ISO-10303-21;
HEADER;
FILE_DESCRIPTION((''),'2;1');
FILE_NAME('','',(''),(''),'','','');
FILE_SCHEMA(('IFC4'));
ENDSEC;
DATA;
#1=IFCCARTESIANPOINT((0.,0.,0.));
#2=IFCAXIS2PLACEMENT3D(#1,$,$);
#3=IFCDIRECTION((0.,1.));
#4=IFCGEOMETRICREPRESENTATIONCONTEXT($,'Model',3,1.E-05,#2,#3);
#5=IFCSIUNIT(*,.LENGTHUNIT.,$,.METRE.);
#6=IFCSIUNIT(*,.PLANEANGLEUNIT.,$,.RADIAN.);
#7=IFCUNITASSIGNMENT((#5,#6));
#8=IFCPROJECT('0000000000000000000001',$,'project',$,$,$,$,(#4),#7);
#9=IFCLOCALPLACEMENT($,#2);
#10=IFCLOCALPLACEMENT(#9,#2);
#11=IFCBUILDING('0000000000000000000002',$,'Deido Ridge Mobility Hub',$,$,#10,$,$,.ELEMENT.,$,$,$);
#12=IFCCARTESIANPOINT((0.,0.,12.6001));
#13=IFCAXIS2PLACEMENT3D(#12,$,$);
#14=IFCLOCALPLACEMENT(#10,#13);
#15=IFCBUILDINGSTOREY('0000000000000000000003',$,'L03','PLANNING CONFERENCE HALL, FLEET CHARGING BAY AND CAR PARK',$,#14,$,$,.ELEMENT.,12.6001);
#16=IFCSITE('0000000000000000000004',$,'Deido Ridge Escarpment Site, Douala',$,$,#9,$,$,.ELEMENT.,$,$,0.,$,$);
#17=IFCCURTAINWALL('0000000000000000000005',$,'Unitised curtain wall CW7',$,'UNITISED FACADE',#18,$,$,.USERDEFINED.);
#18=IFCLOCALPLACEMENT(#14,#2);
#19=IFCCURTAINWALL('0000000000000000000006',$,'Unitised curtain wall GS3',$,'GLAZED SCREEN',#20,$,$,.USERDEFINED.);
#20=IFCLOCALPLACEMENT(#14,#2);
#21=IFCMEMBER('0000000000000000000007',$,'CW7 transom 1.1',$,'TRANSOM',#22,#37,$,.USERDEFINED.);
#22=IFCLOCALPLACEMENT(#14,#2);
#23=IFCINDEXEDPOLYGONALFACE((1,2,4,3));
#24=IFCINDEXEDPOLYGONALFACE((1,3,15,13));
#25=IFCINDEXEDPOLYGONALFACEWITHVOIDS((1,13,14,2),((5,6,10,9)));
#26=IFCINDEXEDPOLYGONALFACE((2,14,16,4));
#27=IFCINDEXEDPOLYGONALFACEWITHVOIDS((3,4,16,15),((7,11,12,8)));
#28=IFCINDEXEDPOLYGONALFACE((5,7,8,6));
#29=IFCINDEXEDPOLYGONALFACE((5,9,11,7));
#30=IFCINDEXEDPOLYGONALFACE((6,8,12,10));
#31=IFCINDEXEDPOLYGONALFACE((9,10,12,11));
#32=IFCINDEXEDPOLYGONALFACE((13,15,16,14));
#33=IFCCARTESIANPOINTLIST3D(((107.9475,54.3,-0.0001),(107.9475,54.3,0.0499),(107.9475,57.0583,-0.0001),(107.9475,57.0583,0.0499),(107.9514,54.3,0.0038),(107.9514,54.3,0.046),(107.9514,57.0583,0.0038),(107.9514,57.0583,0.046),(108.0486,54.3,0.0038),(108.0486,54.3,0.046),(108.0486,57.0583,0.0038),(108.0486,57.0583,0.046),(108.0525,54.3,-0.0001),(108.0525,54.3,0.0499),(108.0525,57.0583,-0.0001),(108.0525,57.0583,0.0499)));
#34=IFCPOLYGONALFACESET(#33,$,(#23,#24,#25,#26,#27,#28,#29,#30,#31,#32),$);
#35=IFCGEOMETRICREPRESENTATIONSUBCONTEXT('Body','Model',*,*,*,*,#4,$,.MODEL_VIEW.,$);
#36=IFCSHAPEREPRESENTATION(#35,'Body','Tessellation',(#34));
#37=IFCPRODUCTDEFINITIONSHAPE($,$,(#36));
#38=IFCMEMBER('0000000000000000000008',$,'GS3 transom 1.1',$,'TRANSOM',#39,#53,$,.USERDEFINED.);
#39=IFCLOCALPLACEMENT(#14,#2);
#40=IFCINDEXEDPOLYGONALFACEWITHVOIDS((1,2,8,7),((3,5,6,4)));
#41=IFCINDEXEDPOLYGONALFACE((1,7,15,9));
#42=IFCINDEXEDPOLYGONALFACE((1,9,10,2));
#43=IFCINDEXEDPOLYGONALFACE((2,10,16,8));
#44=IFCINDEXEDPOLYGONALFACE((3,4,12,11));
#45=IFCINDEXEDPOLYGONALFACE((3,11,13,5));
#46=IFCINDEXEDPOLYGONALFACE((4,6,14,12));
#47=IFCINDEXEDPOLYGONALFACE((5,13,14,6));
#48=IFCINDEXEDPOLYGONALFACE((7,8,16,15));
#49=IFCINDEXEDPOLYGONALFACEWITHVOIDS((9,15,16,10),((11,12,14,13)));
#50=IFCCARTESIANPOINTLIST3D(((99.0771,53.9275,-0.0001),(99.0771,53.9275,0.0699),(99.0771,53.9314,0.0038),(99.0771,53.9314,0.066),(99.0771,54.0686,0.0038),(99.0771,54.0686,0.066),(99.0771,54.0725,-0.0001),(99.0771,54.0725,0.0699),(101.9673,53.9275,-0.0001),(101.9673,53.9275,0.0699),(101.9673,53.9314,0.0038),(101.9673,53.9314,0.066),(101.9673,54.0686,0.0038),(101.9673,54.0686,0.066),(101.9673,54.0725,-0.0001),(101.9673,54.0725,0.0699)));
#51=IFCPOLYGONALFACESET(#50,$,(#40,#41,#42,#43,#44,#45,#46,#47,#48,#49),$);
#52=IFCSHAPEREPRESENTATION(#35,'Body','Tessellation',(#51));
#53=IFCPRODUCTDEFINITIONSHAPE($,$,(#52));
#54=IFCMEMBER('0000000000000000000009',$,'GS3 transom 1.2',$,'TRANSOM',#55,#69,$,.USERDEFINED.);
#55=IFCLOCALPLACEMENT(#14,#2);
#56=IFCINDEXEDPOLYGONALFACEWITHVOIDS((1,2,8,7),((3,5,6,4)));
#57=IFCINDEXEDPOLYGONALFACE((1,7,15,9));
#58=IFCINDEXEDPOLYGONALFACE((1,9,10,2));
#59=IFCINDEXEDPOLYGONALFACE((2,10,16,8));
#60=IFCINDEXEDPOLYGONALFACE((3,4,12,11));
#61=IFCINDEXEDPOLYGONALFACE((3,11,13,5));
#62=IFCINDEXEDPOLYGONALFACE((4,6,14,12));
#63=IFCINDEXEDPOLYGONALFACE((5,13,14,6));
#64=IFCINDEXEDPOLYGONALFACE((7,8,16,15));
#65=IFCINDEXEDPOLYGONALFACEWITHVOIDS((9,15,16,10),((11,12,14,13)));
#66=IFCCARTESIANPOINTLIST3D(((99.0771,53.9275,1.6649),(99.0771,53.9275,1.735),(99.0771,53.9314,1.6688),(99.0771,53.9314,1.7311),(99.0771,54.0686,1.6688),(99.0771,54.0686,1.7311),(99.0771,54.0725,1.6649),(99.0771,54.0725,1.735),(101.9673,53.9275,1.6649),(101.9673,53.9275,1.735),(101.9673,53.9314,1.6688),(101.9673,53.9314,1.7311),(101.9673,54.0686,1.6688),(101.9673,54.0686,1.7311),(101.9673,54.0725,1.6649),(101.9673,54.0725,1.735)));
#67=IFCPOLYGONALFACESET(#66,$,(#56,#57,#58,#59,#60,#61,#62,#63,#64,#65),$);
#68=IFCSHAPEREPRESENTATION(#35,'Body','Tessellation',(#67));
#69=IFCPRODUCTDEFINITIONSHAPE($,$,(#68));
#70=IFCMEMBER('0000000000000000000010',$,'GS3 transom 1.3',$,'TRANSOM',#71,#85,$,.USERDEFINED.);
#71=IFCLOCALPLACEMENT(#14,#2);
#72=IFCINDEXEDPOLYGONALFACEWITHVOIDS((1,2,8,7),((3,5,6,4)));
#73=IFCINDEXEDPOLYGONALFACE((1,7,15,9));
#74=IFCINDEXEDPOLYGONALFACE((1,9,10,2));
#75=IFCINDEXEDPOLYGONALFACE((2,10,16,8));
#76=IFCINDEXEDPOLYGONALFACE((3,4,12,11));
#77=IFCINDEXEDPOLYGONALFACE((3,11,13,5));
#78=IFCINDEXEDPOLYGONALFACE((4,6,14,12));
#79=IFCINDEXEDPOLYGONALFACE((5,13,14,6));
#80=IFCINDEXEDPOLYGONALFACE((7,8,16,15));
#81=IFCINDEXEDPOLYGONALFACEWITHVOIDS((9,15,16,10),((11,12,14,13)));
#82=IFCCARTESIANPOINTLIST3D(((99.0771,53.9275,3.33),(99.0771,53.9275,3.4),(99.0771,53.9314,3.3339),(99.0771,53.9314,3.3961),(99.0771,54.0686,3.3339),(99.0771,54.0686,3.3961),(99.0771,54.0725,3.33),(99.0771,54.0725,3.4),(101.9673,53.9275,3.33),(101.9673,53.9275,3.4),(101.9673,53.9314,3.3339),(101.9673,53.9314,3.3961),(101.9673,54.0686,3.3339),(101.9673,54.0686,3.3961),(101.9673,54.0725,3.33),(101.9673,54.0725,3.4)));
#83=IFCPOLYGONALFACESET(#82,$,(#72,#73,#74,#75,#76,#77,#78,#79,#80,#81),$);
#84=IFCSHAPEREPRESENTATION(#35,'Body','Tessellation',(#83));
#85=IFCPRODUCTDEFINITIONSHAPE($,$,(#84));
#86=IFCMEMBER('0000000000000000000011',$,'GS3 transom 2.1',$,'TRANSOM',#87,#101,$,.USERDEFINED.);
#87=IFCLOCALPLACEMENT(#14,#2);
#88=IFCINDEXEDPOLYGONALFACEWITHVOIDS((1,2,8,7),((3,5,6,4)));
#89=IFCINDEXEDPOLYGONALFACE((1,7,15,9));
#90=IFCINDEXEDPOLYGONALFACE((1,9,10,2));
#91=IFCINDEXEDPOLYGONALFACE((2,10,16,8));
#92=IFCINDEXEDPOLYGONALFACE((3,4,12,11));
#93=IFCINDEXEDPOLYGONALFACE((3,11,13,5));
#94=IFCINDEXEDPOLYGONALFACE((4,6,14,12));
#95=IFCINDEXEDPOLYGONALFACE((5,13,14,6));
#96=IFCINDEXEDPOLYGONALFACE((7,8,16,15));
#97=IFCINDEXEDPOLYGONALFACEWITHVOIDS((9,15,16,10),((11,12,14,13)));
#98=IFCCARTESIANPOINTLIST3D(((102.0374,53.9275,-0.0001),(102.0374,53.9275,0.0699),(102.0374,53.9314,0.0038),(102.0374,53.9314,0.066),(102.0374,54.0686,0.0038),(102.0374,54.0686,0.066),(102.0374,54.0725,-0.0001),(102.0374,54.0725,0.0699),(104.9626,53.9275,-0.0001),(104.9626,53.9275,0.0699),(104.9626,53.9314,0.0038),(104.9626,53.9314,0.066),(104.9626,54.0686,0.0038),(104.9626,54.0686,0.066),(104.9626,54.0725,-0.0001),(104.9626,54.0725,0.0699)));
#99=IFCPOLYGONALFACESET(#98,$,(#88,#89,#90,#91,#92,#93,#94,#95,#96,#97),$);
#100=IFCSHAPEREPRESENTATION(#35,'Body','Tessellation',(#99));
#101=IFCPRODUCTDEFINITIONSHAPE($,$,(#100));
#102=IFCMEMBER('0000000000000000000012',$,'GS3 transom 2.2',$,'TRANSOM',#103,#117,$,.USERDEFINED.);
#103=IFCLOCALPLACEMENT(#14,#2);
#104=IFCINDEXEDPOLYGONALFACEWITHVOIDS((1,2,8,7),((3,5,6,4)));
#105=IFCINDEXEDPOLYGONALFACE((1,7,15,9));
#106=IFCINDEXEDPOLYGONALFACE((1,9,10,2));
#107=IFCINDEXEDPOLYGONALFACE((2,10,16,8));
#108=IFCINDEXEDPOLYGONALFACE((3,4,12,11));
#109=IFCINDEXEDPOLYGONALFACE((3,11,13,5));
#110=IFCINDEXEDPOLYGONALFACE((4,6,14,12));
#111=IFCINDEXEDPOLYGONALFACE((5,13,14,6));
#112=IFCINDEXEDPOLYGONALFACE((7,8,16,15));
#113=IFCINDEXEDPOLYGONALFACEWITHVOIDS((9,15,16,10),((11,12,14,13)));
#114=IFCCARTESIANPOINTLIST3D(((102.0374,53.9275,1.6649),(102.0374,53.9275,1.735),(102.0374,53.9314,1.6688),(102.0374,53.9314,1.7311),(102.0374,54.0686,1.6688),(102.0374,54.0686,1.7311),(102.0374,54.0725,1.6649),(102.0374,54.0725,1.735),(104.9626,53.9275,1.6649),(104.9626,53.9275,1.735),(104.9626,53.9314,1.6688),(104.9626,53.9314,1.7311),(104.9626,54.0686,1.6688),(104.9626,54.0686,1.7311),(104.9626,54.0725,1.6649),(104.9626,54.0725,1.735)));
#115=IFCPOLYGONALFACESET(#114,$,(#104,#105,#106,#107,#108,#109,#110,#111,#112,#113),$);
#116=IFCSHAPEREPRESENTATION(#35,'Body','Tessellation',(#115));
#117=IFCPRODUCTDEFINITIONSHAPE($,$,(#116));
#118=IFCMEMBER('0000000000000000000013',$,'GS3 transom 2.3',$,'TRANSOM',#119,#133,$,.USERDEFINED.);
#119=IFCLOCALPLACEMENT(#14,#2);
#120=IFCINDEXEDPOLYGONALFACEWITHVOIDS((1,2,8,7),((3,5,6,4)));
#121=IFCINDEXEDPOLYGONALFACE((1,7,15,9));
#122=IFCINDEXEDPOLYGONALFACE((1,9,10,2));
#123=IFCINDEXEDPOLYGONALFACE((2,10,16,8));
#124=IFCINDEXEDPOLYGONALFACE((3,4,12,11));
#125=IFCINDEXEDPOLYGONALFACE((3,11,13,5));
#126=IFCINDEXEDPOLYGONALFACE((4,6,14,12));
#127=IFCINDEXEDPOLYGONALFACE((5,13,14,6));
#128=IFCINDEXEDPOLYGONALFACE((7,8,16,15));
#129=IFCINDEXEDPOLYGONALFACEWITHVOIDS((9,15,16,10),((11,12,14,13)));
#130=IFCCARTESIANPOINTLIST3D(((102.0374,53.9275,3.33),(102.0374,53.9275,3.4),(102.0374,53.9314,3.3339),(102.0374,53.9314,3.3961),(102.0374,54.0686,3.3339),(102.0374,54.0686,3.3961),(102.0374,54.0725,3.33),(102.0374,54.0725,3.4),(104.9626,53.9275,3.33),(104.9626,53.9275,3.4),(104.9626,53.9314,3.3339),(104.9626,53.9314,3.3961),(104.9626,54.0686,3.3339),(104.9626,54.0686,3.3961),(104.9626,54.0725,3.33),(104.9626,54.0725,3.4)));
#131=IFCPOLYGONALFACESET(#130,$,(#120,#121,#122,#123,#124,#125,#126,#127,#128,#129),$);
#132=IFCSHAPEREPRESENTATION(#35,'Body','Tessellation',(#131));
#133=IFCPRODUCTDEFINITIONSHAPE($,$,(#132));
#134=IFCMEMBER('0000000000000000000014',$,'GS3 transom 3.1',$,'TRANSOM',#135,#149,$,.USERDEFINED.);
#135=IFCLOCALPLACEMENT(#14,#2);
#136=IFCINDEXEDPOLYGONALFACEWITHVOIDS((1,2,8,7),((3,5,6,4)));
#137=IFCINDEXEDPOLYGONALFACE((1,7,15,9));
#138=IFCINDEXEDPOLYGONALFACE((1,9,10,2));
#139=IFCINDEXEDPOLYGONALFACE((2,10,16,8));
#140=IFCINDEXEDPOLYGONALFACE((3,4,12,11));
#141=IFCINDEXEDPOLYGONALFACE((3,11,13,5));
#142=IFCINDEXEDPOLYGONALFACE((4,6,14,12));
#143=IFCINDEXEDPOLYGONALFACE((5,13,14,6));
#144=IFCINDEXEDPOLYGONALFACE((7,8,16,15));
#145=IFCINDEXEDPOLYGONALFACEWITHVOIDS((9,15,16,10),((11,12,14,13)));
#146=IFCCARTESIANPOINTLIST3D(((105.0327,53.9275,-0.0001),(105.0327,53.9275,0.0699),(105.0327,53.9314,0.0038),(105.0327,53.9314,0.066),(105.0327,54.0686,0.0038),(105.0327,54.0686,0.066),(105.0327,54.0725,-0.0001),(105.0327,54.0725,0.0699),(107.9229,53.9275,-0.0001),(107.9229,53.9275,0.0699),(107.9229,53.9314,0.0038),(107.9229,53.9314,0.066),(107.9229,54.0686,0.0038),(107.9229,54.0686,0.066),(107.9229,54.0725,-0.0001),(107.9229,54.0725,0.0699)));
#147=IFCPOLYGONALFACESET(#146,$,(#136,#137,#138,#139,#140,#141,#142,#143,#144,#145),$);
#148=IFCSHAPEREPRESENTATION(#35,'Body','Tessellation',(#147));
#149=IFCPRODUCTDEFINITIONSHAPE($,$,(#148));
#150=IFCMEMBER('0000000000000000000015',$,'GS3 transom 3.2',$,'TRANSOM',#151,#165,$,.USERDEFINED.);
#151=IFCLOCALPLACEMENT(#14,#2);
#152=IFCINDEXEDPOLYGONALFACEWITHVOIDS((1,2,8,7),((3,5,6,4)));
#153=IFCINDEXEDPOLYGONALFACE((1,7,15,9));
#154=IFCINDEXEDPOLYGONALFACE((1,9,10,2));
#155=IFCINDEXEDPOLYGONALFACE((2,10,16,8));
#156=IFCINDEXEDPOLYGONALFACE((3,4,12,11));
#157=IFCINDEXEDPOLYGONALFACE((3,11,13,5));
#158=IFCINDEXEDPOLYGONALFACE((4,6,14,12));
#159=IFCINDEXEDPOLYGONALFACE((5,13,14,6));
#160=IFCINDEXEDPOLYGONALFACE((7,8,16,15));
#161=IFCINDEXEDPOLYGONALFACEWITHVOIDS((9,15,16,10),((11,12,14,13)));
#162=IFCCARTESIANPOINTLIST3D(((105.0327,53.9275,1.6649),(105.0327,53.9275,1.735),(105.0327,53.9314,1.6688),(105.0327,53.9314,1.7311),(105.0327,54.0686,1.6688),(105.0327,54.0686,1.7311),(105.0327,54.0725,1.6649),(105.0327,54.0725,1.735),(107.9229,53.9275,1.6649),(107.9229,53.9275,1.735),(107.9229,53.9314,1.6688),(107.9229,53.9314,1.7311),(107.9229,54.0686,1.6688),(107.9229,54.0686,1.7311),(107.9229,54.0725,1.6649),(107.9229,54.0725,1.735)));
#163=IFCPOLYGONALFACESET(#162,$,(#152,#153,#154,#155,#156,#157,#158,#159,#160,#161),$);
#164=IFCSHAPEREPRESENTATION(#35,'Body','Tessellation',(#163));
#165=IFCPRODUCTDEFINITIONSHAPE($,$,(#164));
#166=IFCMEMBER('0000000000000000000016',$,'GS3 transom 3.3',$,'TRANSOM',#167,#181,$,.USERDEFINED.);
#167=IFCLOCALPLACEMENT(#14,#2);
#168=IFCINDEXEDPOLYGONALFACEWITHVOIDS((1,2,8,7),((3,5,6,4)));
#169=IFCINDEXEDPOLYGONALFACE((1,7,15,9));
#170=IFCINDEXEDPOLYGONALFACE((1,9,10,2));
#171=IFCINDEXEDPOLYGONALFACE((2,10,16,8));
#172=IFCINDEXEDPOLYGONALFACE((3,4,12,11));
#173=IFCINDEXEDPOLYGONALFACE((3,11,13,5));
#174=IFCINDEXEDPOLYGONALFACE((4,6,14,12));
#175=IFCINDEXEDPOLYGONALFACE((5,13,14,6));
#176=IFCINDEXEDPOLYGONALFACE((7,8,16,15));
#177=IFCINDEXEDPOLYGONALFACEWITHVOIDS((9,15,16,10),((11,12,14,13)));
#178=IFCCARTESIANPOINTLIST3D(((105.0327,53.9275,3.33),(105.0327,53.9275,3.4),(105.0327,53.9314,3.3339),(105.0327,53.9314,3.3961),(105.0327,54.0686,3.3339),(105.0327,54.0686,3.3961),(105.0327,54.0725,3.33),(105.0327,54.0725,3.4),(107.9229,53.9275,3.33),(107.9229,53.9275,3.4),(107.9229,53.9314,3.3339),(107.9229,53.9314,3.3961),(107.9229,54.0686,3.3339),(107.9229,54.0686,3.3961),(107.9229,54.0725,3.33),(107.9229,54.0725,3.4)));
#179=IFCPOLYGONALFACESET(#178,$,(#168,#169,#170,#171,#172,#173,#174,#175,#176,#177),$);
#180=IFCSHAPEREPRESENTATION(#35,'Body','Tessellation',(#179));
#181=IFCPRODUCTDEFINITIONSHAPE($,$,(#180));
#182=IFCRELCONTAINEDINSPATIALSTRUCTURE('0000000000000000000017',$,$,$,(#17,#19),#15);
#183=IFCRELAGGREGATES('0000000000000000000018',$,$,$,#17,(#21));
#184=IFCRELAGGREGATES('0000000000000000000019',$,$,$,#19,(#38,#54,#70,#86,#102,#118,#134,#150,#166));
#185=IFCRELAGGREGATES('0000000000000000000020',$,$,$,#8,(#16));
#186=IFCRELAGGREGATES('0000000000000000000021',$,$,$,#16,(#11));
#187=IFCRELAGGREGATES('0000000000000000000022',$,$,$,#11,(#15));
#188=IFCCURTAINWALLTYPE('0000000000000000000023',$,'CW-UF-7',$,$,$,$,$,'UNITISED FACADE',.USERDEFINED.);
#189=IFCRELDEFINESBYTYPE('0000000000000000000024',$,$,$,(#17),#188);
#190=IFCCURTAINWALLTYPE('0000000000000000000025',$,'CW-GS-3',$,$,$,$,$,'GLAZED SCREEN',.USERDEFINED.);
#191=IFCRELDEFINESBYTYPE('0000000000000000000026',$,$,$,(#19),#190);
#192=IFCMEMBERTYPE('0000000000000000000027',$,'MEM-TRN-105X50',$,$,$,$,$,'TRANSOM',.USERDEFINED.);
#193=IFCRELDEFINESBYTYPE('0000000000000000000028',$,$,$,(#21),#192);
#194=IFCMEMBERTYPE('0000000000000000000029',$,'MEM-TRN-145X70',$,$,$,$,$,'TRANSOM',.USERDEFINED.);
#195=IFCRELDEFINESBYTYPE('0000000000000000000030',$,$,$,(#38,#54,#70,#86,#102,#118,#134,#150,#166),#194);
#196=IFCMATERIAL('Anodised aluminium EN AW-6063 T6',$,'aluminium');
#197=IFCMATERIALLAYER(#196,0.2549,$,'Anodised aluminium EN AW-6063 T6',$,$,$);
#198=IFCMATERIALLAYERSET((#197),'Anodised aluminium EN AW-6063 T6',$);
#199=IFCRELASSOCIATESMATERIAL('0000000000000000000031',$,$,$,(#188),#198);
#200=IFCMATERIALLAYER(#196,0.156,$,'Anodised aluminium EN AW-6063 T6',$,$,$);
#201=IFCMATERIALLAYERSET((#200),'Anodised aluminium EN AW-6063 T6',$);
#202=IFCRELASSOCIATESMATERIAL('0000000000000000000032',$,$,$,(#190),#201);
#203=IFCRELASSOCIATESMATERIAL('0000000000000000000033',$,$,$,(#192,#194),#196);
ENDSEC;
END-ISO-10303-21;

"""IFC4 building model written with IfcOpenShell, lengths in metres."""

from ifc_helpers import new_model, si_unit, direction, frame, origin, origin_2d, place, context, subcontext, project, spatial, hollow_rectangle, extrude, material, layer, layer_set, material_profile, profile_set, type_object, element, aggregate, save


model = new_model("IFC4")

# Units and contexts
model_context = context("Model", 3, precision=1e-05, world=origin(), true_north=direction((0.0, 1.0)))
body_context = subcontext(model_context, "Body", "Model", "MODEL_VIEW")
ifc_project = project(units=[si_unit("LENGTHUNIT", "METRE"), si_unit("PLANEANGLEUNIT", "RADIAN")], contexts=[model_context])

# Site, building, storey
site_placement = place(None, origin())
site = spatial("IfcSite", under=ifc_project, at=site_placement, Name="Deido Ridge Escarpment Site, Douala", CompositionType="ELEMENT", RefElevation=0.0)
building_placement = place(site_placement, origin())
building = spatial("IfcBuilding", under=site, at=building_placement, Name="Deido Ridge Mobility Hub", CompositionType="ELEMENT")
storey_placement = place(building_placement, frame((0.0, 0.0, 12.6001)))
storey = spatial("IfcBuildingStorey", under=building, at=storey_placement, Name="L03", Description="PLANNING CONFERENCE HALL, FLEET CHARGING BAY AND CAR PARK", CompositionType="ELEMENT", Elevation=12.6001)

# Curtain wall
ifc_material_1 = material(Name="Anodised aluminium EN AW-6063 T6", Category="aluminium")
ifc_layer_1 = layer(ifc_material_1, 0.2549, Name="Anodised aluminium EN AW-6063 T6")
ifc_layer_set_1 = layer_set([ifc_layer_1], Name="Anodised aluminium EN AW-6063 T6")
curtain_wall_type_1 = type_object("IfcCurtainWallType", Name="CW-UF-7", ElementType="UNITISED FACADE", PredefinedType="USERDEFINED", material=ifc_layer_set_1)
curtain_wall_1_placement = place(storey_placement, origin())
curtain_wall_1 = element("IfcCurtainWall", 1, at=curtain_wall_1_placement, inside=storey, type_object=curtain_wall_type_1, Name="Unitised curtain wall CW7", ObjectType="UNITISED FACADE", PredefinedType="USERDEFINED")

# Curtain wall
ifc_layer_2 = layer(ifc_material_1, 0.156, Name="Anodised aluminium EN AW-6063 T6")
ifc_layer_set_2 = layer_set([ifc_layer_2], Name="Anodised aluminium EN AW-6063 T6")
curtain_wall_type_2 = type_object("IfcCurtainWallType", Name="CW-GS-3", ElementType="GLAZED SCREEN", PredefinedType="USERDEFINED", material=ifc_layer_set_2)
curtain_wall_2_placement = place(storey_placement, origin())
curtain_wall_2 = element("IfcCurtainWall", 2, at=curtain_wall_2_placement, inside=storey, type_object=curtain_wall_type_2, Name="Unitised curtain wall GS3", ObjectType="GLAZED SCREEN", PredefinedType="USERDEFINED")

# Members
ifc_material_profile_1 = material_profile(ifc_material_1, hollow_rectangle(XDim=0.105, YDim=0.05, WallThickness=0.0039, at=origin_2d()), Name="RHS 105x50x4")
ifc_profile_set_1 = profile_set([ifc_material_profile_1], Name="Anodised aluminium EN AW-6063 T6")
member_type_1 = type_object("IfcMemberType", Name="MEM-TRN-105X50", ElementType="TRANSOM", PredefinedType="USERDEFINED", material=ifc_profile_set_1)
member_1_placement = place(storey_placement, frame((108.0, 54.3, 0.0249), z_axis=(0.0, 1.0, 0.0), x_axis=(-1.0, 0.0, 0.0)))
member_1 = element("IfcMember", 3, at=member_1_placement, type_object=member_type_1, Name="CW7 transom 1.1", ObjectType="TRANSOM", PredefinedType="USERDEFINED", context=body_context, shape_type="SweptSolid", body=[
    extrude(hollow_rectangle(XDim=0.105, YDim=0.05, WallThickness=0.0039, at=origin_2d()), origin(), (0.0, 0.0, 1.0), 2.7583),
])
aggregate(curtain_wall_1, [member_1])
ifc_material_profile_2 = material_profile(ifc_material_1, hollow_rectangle(XDim=0.145, YDim=0.0701, WallThickness=0.0039, at=origin_2d()), Name="RHS 145x70x4")
ifc_profile_set_2 = profile_set([ifc_material_profile_2], Name="Anodised aluminium EN AW-6063 T6")
member_type_2 = type_object("IfcMemberType", Name="MEM-TRN-145X70", ElementType="TRANSOM", PredefinedType="USERDEFINED", material=ifc_profile_set_2)
member_2_placement = place(storey_placement, frame((99.0771, 54.0, 0.0349), z_axis=(1.0, 0.0, 0.0), x_axis=(0.0, 1.0, 0.0)))
member_2 = element("IfcMember", 4, at=member_2_placement, type_object=member_type_2, Name="GS3 transom 1.1", ObjectType="TRANSOM", PredefinedType="USERDEFINED", context=body_context, shape_type="SweptSolid", body=[
    extrude(hollow_rectangle(XDim=0.145, YDim=0.0701, WallThickness=0.0039, at=origin_2d()), origin(), (0.0, 0.0, 1.0), 2.8901),
])
member_3_placement = place(storey_placement, frame((99.0771, 54.0, 1.7), z_axis=(1.0, 0.0, 0.0), x_axis=(0.0, 1.0, 0.0)))
member_3 = element("IfcMember", 5, at=member_3_placement, type_object=member_type_2, Name="GS3 transom 1.2", ObjectType="TRANSOM", PredefinedType="USERDEFINED", context=body_context, shape_type="SweptSolid", body=[
    extrude(hollow_rectangle(XDim=0.145, YDim=0.0701, WallThickness=0.0039, at=origin_2d()), origin(), (0.0, 0.0, 1.0), 2.8901),
])
member_4_placement = place(storey_placement, frame((99.0771, 54.0, 3.365), z_axis=(1.0, 0.0, 0.0), x_axis=(0.0, 1.0, 0.0)))
member_4 = element("IfcMember", 6, at=member_4_placement, type_object=member_type_2, Name="GS3 transom 1.3", ObjectType="TRANSOM", PredefinedType="USERDEFINED", context=body_context, shape_type="SweptSolid", body=[
    extrude(hollow_rectangle(XDim=0.145, YDim=0.0701, WallThickness=0.0039, at=origin_2d()), origin(), (0.0, 0.0, 1.0), 2.8901),
])
member_5_placement = place(storey_placement, frame((102.0374, 54.0, 0.0349), z_axis=(1.0, 0.0, 0.0), x_axis=(0.0, 1.0, 0.0)))
member_5 = element("IfcMember", 7, at=member_5_placement, type_object=member_type_2, Name="GS3 transom 2.1", ObjectType="TRANSOM", PredefinedType="USERDEFINED", context=body_context, shape_type="SweptSolid", body=[
    extrude(hollow_rectangle(XDim=0.145, YDim=0.0701, WallThickness=0.0039, at=origin_2d()), origin(), (0.0, 0.0, 1.0), 2.9253),
])
member_6_placement = place(storey_placement, frame((102.0374, 54.0, 1.7), z_axis=(1.0, 0.0, 0.0), x_axis=(0.0, 1.0, 0.0)))
member_6 = element("IfcMember", 8, at=member_6_placement, type_object=member_type_2, Name="GS3 transom 2.2", ObjectType="TRANSOM", PredefinedType="USERDEFINED", context=body_context, shape_type="SweptSolid", body=[
    extrude(hollow_rectangle(XDim=0.145, YDim=0.0701, WallThickness=0.0039, at=origin_2d()), origin(), (0.0, 0.0, 1.0), 2.9253),
])
member_7_placement = place(storey_placement, frame((102.0374, 54.0, 3.365), z_axis=(1.0, 0.0, 0.0), x_axis=(0.0, 1.0, 0.0)))
member_7 = element("IfcMember", 9, at=member_7_placement, type_object=member_type_2, Name="GS3 transom 2.3", ObjectType="TRANSOM", PredefinedType="USERDEFINED", context=body_context, shape_type="SweptSolid", body=[
    extrude(hollow_rectangle(XDim=0.145, YDim=0.0701, WallThickness=0.0039, at=origin_2d()), origin(), (0.0, 0.0, 1.0), 2.9253),
])
member_8_placement = place(storey_placement, frame((105.0327, 54.0, 0.0349), z_axis=(1.0, 0.0, 0.0), x_axis=(0.0, 1.0, 0.0)))
member_8 = element("IfcMember", 10, at=member_8_placement, type_object=member_type_2, Name="GS3 transom 3.1", ObjectType="TRANSOM", PredefinedType="USERDEFINED", context=body_context, shape_type="SweptSolid", body=[
    extrude(hollow_rectangle(XDim=0.145, YDim=0.0701, WallThickness=0.0039, at=origin_2d()), origin(), (0.0, 0.0, 1.0), 2.8901),
])
member_9_placement = place(storey_placement, frame((105.0327, 54.0, 1.7), z_axis=(1.0, 0.0, 0.0), x_axis=(0.0, 1.0, 0.0)))
member_9 = element("IfcMember", 11, at=member_9_placement, type_object=member_type_2, Name="GS3 transom 3.2", ObjectType="TRANSOM", PredefinedType="USERDEFINED", context=body_context, shape_type="SweptSolid", body=[
    extrude(hollow_rectangle(XDim=0.145, YDim=0.0701, WallThickness=0.0039, at=origin_2d()), origin(), (0.0, 0.0, 1.0), 2.8901),
])
member_10_placement = place(storey_placement, frame((105.0327, 54.0, 3.365), z_axis=(1.0, 0.0, 0.0), x_axis=(0.0, 1.0, 0.0)))
member_10 = element("IfcMember", 12, at=member_10_placement, type_object=member_type_2, Name="GS3 transom 3.3", ObjectType="TRANSOM", PredefinedType="USERDEFINED", context=body_context, shape_type="SweptSolid", body=[
    extrude(hollow_rectangle(XDim=0.145, YDim=0.0701, WallThickness=0.0039, at=origin_2d()), origin(), (0.0, 0.0, 1.0), 2.8901),
])

aggregate(curtain_wall_2, [member_2, member_3, member_4, member_5, member_6, member_7, member_8, member_9, member_10])

save(model, "model.ifc")
